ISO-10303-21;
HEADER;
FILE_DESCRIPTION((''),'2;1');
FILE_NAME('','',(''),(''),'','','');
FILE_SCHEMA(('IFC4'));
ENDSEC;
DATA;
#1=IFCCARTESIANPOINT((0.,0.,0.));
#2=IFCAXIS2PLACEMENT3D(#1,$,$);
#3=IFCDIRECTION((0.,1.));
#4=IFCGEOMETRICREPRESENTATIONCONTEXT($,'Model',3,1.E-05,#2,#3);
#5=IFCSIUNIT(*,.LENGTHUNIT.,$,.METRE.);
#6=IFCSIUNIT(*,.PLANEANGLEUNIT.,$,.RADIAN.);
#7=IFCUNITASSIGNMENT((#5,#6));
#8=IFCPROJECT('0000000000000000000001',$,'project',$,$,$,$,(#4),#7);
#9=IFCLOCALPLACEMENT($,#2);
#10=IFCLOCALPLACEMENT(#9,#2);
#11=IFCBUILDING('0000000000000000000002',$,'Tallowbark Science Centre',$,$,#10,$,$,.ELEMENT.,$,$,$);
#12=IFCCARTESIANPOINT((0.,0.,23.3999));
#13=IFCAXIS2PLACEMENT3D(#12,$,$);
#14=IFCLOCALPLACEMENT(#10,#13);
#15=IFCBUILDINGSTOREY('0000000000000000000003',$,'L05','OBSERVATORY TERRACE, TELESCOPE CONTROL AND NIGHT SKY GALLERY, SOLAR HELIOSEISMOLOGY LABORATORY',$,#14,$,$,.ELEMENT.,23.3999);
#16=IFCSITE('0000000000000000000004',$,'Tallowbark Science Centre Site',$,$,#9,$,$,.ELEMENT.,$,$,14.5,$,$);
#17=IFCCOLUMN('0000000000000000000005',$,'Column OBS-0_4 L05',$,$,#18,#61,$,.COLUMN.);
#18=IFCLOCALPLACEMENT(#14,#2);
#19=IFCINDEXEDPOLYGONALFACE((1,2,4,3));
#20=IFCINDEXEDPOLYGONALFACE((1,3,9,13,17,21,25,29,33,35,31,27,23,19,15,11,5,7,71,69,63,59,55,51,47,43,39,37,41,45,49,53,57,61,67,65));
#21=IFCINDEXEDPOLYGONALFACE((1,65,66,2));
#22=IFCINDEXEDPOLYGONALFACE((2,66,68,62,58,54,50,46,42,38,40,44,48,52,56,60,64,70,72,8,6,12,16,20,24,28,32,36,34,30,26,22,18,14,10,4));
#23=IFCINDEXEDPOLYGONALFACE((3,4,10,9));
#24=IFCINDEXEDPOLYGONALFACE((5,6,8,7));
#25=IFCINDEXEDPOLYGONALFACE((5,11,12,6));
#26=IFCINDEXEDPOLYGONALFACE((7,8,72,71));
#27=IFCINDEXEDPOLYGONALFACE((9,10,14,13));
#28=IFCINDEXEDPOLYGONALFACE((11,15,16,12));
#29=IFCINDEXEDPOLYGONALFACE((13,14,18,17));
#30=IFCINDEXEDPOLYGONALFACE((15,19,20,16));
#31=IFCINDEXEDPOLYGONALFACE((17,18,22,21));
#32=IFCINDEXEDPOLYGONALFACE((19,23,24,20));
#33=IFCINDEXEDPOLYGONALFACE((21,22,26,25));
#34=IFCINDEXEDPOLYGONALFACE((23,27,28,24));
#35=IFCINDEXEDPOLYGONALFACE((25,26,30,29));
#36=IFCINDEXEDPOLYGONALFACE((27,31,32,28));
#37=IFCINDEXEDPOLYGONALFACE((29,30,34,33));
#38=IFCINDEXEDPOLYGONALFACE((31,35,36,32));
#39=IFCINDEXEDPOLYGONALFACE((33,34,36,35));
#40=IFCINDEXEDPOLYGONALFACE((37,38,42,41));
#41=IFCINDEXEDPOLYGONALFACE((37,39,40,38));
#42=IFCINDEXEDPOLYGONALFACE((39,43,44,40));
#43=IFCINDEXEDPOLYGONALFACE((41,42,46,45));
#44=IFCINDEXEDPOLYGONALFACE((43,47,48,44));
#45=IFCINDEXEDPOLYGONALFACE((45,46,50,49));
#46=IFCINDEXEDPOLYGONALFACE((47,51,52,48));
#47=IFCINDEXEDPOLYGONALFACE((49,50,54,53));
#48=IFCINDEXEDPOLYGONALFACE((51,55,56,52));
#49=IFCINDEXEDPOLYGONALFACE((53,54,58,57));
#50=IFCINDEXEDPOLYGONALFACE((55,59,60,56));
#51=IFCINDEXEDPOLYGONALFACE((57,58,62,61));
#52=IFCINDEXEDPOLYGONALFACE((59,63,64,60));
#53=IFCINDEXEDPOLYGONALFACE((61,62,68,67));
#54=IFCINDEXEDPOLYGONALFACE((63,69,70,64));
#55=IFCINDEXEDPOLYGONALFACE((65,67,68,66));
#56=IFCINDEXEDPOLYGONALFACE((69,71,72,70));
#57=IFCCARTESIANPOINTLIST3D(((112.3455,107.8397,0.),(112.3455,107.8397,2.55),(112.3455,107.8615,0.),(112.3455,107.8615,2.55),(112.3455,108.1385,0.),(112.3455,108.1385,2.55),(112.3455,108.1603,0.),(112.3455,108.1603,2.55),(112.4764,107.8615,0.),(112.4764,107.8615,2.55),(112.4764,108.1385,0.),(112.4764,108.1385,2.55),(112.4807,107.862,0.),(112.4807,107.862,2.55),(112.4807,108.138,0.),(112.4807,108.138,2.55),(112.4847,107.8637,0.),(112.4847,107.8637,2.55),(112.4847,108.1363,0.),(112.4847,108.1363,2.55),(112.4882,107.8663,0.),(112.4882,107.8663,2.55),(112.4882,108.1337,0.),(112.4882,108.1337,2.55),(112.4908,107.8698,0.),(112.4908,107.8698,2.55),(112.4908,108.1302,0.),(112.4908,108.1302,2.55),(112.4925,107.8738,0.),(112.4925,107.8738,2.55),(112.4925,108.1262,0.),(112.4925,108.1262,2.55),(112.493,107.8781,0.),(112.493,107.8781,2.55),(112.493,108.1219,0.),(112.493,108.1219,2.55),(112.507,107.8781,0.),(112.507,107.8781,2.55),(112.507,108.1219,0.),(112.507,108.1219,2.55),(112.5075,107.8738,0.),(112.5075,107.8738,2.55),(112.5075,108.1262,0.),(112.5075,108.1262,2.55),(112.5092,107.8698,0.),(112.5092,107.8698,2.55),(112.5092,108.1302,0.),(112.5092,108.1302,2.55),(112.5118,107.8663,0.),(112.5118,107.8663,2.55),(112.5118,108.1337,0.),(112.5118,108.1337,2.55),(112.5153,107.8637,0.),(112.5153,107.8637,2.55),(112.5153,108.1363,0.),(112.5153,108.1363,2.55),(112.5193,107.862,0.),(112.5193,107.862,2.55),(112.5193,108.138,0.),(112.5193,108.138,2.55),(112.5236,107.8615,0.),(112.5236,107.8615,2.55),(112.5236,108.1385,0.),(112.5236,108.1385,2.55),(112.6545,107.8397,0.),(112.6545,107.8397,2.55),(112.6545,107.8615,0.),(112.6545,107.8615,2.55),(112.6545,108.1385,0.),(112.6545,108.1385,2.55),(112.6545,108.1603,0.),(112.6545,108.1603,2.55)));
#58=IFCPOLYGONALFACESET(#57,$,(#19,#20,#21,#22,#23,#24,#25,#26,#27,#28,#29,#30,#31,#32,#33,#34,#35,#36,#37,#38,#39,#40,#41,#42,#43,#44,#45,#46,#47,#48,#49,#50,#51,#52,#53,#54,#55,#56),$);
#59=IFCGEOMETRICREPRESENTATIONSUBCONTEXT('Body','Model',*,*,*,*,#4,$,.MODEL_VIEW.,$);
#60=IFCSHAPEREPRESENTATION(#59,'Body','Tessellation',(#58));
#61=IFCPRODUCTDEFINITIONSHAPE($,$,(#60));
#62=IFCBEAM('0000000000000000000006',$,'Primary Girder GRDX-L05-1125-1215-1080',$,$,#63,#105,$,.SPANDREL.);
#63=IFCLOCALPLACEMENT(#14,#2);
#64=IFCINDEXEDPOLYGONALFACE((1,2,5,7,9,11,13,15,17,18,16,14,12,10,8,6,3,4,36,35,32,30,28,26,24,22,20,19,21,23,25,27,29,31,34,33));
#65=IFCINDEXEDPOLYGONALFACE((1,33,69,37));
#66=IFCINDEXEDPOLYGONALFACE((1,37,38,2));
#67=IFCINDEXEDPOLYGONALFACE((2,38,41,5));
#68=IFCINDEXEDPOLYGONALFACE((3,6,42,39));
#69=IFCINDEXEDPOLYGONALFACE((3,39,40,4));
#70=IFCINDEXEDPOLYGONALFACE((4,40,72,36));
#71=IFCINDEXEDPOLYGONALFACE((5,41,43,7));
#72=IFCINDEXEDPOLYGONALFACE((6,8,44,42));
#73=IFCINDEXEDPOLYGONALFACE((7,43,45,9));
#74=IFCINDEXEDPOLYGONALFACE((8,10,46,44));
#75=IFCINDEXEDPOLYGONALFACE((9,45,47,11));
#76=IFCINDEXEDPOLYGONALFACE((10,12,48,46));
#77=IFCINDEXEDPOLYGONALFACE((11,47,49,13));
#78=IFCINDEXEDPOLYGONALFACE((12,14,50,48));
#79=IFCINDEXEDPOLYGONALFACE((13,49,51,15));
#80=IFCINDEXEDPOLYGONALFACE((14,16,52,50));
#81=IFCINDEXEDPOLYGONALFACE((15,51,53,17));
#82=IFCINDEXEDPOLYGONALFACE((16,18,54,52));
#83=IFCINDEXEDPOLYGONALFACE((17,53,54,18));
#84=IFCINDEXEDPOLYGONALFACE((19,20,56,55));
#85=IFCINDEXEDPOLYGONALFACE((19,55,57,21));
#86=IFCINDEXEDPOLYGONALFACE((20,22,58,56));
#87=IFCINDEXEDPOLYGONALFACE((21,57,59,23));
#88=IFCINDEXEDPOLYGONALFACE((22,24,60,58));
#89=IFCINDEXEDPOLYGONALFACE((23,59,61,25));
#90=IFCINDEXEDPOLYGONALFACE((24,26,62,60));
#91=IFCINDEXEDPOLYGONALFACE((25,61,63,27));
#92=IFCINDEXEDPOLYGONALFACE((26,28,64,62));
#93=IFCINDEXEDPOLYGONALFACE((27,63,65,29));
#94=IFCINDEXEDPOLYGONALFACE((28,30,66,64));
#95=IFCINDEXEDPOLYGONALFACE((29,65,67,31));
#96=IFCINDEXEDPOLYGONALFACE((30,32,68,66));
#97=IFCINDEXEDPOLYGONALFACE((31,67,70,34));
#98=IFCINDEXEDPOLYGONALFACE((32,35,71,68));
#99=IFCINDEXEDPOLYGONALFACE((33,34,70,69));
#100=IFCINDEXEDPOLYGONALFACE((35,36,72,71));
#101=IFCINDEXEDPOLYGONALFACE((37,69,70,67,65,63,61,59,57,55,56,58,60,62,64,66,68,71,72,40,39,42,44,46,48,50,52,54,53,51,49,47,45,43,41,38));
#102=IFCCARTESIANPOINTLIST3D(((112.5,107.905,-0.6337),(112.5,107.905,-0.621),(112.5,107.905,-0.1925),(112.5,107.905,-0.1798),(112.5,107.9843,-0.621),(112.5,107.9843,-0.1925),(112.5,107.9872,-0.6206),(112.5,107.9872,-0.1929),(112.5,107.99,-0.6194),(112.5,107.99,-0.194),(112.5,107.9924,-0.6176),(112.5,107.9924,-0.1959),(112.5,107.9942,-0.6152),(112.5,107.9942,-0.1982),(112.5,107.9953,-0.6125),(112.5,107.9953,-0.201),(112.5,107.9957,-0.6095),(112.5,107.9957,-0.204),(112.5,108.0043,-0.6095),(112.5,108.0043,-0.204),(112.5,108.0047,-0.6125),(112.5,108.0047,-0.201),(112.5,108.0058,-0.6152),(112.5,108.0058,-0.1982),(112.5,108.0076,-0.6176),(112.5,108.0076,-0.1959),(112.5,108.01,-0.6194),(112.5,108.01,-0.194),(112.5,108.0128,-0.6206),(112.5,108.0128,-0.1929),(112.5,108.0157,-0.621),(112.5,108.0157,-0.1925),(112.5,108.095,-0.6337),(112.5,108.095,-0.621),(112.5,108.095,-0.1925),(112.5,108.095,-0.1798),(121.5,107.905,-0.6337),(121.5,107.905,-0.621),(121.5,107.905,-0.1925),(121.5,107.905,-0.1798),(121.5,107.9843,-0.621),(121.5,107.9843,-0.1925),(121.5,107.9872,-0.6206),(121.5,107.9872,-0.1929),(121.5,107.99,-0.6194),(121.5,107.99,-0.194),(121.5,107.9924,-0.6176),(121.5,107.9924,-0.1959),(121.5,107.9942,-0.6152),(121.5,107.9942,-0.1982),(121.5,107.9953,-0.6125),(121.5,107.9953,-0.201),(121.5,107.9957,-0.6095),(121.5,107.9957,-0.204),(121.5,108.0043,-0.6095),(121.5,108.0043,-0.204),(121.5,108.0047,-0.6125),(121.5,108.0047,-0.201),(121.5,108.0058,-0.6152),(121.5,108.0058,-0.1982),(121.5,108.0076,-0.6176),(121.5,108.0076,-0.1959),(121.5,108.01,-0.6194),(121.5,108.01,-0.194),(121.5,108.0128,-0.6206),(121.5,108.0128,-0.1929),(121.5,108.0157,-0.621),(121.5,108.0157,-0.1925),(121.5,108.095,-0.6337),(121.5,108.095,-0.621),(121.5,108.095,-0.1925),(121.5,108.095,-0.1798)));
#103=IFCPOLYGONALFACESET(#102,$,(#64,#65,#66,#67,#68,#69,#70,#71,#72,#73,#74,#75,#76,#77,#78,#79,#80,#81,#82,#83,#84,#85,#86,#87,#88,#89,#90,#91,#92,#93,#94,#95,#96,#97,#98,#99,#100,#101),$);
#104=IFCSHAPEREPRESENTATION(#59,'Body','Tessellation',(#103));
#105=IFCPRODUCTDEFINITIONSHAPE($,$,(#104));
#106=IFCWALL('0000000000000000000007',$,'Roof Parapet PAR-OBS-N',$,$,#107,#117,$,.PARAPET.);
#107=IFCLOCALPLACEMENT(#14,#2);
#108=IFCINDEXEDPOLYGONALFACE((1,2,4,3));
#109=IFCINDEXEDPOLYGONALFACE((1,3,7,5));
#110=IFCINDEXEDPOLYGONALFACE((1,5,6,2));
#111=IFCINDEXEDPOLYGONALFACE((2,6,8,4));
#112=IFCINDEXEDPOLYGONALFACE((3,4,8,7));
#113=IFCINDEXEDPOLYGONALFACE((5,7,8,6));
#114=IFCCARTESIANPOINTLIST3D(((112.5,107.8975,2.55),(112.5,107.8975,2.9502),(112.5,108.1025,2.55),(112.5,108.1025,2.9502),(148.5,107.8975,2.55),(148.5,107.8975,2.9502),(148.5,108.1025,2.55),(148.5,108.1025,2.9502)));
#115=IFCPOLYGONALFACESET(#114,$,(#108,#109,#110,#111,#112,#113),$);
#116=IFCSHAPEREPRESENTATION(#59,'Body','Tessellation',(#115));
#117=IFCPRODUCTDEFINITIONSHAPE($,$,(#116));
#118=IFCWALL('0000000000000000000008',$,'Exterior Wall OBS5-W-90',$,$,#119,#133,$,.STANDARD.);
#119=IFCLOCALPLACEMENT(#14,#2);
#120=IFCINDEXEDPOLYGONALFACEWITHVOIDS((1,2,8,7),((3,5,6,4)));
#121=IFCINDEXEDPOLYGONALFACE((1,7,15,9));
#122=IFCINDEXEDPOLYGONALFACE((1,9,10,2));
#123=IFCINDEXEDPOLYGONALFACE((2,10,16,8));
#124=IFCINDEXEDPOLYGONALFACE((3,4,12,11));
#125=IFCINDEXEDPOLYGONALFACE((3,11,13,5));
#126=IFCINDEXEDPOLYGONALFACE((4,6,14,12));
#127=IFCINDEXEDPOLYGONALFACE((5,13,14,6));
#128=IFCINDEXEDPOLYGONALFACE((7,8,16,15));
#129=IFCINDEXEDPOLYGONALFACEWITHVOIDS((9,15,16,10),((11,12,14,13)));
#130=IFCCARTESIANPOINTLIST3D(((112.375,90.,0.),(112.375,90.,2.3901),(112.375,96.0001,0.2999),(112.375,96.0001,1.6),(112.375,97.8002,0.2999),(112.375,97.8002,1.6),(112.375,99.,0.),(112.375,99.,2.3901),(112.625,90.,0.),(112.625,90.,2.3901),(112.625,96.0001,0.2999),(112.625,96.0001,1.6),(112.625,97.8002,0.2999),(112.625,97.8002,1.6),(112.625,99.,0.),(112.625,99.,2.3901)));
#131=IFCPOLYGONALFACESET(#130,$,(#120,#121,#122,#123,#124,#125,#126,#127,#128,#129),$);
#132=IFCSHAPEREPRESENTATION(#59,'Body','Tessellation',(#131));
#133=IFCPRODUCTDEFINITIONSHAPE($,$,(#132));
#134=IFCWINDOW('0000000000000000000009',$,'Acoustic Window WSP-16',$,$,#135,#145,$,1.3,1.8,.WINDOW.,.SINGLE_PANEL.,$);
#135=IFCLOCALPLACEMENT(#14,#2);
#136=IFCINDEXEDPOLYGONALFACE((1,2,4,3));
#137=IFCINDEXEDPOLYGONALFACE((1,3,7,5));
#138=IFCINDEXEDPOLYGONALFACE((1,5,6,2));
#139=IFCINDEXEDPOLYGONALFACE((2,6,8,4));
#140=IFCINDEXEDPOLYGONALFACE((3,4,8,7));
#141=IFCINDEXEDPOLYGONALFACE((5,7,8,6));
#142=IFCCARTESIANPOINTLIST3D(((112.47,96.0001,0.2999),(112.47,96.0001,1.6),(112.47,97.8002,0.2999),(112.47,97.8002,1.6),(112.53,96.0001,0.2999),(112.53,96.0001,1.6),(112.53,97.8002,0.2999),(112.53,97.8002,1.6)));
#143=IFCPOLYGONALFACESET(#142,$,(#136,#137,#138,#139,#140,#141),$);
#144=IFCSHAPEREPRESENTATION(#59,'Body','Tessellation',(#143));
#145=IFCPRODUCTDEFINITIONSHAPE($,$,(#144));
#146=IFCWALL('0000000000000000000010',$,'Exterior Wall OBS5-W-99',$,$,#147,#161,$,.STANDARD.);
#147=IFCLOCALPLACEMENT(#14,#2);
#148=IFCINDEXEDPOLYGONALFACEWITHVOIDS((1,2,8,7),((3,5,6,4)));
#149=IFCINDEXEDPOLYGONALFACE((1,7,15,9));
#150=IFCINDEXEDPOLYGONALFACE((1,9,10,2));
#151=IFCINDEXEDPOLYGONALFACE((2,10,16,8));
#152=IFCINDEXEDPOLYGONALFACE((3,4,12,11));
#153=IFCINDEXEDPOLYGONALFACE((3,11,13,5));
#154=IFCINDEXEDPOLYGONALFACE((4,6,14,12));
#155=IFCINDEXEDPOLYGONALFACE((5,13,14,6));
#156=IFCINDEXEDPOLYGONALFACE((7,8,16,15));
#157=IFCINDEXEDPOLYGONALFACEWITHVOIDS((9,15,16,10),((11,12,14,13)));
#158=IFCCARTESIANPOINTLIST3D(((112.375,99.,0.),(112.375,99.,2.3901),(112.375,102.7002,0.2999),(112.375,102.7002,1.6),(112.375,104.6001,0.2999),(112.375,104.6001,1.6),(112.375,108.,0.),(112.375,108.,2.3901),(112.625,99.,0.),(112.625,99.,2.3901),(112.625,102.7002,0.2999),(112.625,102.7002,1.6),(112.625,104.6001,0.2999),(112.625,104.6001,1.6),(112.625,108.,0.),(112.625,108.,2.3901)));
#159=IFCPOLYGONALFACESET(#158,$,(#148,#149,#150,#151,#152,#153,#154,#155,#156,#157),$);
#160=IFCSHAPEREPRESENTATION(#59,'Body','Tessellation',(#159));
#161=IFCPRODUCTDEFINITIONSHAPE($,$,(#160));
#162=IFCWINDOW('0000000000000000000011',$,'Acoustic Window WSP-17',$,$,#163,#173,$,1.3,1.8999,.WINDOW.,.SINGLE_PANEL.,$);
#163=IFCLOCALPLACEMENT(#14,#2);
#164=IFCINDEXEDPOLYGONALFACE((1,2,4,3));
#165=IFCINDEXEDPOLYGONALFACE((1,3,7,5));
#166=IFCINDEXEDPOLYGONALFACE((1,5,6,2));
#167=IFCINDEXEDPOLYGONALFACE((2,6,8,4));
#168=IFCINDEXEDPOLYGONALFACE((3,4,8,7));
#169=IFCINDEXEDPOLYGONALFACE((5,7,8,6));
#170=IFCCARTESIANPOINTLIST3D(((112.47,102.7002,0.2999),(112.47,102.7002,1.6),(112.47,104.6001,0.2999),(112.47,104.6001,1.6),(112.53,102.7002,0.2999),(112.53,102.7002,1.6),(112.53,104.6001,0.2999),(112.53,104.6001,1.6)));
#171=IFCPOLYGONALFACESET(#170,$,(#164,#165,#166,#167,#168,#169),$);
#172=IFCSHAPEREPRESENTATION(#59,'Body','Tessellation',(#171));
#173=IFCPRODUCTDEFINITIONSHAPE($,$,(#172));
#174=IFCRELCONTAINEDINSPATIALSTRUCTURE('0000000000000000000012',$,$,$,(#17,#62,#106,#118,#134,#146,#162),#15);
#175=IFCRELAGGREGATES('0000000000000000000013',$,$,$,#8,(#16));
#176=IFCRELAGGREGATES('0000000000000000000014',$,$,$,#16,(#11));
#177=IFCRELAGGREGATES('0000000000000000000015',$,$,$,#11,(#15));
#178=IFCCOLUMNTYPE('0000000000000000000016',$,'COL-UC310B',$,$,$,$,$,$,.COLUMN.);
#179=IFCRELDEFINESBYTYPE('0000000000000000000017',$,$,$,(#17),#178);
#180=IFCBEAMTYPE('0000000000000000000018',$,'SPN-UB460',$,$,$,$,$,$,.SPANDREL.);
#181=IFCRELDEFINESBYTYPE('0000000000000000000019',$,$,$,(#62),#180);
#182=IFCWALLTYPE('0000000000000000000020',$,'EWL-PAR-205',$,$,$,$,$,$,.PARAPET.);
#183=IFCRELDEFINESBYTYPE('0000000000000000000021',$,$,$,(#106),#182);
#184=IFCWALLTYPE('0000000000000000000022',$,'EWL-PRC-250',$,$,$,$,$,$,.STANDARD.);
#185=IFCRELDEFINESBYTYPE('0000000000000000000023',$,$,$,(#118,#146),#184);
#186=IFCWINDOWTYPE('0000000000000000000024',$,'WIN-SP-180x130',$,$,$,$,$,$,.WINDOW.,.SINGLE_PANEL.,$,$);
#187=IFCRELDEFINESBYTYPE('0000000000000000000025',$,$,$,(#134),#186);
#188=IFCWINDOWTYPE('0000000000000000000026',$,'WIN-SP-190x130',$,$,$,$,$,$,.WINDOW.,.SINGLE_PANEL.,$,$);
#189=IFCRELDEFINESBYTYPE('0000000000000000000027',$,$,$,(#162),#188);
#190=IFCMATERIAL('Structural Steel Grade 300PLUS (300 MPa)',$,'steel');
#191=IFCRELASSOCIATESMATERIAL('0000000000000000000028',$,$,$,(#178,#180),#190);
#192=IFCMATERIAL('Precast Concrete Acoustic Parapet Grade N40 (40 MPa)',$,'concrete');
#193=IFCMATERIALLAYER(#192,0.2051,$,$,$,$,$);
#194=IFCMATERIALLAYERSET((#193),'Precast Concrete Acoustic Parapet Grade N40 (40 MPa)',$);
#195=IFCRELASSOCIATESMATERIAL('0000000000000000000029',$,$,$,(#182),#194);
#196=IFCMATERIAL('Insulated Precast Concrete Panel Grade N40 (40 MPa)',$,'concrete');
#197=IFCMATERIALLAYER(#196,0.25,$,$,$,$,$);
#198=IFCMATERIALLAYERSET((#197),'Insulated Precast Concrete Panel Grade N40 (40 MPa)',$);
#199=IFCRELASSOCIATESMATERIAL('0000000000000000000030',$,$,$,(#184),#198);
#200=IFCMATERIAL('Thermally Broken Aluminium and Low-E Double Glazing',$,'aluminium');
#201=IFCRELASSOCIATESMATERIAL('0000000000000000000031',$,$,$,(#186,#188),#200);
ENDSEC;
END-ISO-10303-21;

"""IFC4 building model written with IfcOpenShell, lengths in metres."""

from ifc_helpers import new_model, si_unit, direction, frame, frame_2d, origin, origin_2d, place, context, subcontext, project, spatial, rectangle, i_section, extrude, material, layer, layer_set, material_profile, profile_set, type_object, element, fill, save


model = new_model("IFC4")

# Units and contexts
model_context = context("Model", 3, precision=1e-05, world=origin(), true_north=direction((0.0, 1.0)))
body_context = subcontext(model_context, "Body", "Model", "MODEL_VIEW")
ifc_project = project(units=[si_unit("LENGTHUNIT", "METRE"), si_unit("PLANEANGLEUNIT", "RADIAN")], contexts=[model_context])

# Site, building, storey
site_placement = place(None, origin())
site = spatial("IfcSite", under=ifc_project, at=site_placement, Name="Tallowbark Science Centre Site", CompositionType="ELEMENT", RefElevation=14.5)
building_placement = place(site_placement, origin())
building = spatial("IfcBuilding", under=site, at=building_placement, Name="Tallowbark Science Centre", CompositionType="ELEMENT")
storey_placement = place(building_placement, frame((0.0, 0.0, 23.3999)))
storey = spatial("IfcBuildingStorey", under=building, at=storey_placement, Name="L05", Description="OBSERVATORY TERRACE, TELESCOPE CONTROL AND NIGHT SKY GALLERY, SOLAR HELIOSEISMOLOGY LABORATORY", CompositionType="ELEMENT", Elevation=23.3999)

# Column
ifc_material_1 = material(Name="Structural Steel Grade 300PLUS (300 MPa)", Category="steel")
ifc_material_profile_1 = material_profile(ifc_material_1, i_section(OverallWidth=0.3091, OverallDepth=0.3206, WebThickness=0.0139, FlangeThickness=0.0217, FilletRadius=0.0166, at=origin_2d()), Name="310UC137")
ifc_profile_set_1 = profile_set([ifc_material_profile_1], Name="Structural Steel Grade 300PLUS (300 MPa)")
column_type = type_object("IfcColumnType", Name="COL-UC310B", PredefinedType="COLUMN", material=ifc_profile_set_1)
column_placement = place(storey_placement, frame((112.5, 108.0, 0.0), z_axis=(0.0, 0.0, 1.0), x_axis=(1.0, 0.0, 0.0)))
element("IfcColumn", 1, at=column_placement, inside=storey, type_object=column_type, Name="Column OBS-0_4 L05", PredefinedType="COLUMN", context=body_context, shape_type="SweptSolid", body=[
    extrude(i_section(OverallWidth=0.3091, OverallDepth=0.3206, WebThickness=0.0139, FlangeThickness=0.0217, FilletRadius=0.0166, at=origin_2d()), origin(), (0.0, 0.0, 1.0), 2.55),
])

# Beam
ifc_material_profile_2 = material_profile(ifc_material_1, i_section(OverallWidth=0.1899, OverallDepth=0.4539, WebThickness=0.0085, FlangeThickness=0.0127, FilletRadius=0.0115, at=origin_2d()), Name="460UB67.1")
ifc_profile_set_2 = profile_set([ifc_material_profile_2], Name="Structural Steel Grade 300PLUS (300 MPa)")
beam_type = type_object("IfcBeamType", Name="SPN-UB460", PredefinedType="SPANDREL", material=ifc_profile_set_2)
beam_placement = place(storey_placement, frame((112.5, 108.0, -0.4067), z_axis=(1.0, 0.0, 0.0), x_axis=(0.0, 1.0, 0.0)))
element("IfcBeam", 2, at=beam_placement, inside=storey, type_object=beam_type, Name="Primary Girder GRDX-L05-1125-1215-1080", PredefinedType="SPANDREL", context=body_context, shape_type="SweptSolid", body=[
    extrude(i_section(OverallWidth=0.1899, OverallDepth=0.4539, WebThickness=0.0085, FlangeThickness=0.0127, FilletRadius=0.0115, at=origin_2d()), origin(), (0.0, 0.0, 1.0), 9.0),
])

# Wall
ifc_material_2 = material(Name="Precast Concrete Acoustic Parapet Grade N40 (40 MPa)", Category="concrete")
ifc_layer_1 = layer(ifc_material_2, 0.2051)
ifc_layer_set_1 = layer_set([ifc_layer_1], Name="Precast Concrete Acoustic Parapet Grade N40 (40 MPa)")
wall_type_1 = type_object("IfcWallType", Name="EWL-PAR-205", PredefinedType="PARAPET", material=ifc_layer_set_1)
wall_1_placement = place(storey_placement, frame((112.5, 108.0, 2.55), z_axis=(0.0, 0.0, 1.0), x_axis=(1.0, 0.0, 0.0)))
element("IfcWall", 3, at=wall_1_placement, inside=storey, type_object=wall_type_1, Name="Roof Parapet PAR-OBS-N", PredefinedType="PARAPET", context=body_context, shape_type="SweptSolid", body=[
    extrude(rectangle(XDim=36.0, YDim=0.2051, at=frame_2d((18.0, 0.0))), origin(), (0.0, 0.0, 1.0), 0.4001),
])

# Walls, openings, windows
ifc_material_3 = material(Name="Insulated Precast Concrete Panel Grade N40 (40 MPa)", Category="concrete")
ifc_layer_2 = layer(ifc_material_3, 0.25)
ifc_layer_set_2 = layer_set([ifc_layer_2], Name="Insulated Precast Concrete Panel Grade N40 (40 MPa)")
wall_type_2 = type_object("IfcWallType", Name="EWL-PRC-250", PredefinedType="STANDARD", material=ifc_layer_set_2)
wall_2_placement = place(storey_placement, frame((112.5, 99.0, 0.0), z_axis=(0.0, 0.0, 1.0), x_axis=(0.0, -1.0, 0.0)))
wall_2 = element("IfcWall", 4, at=wall_2_placement, inside=storey, type_object=wall_type_2, Name="Exterior Wall OBS5-W-90", PredefinedType="STANDARD", context=body_context, shape_type="SweptSolid", body=[
    extrude(rectangle(XDim=9.0, YDim=0.25, at=frame_2d((4.5, 0.0))), origin(), (0.0, 0.0, 1.0), 2.3901),
])
opening_1_placement = place(wall_2_placement, frame((1.2, 0.0, 0.3)))
opening_1 = element("IfcOpeningElement", 5, at=opening_1_placement, cuts=wall_2, PredefinedType="OPENING", context=body_context, shape_type="SweptSolid", body=[
    extrude(rectangle(XDim=1.8, YDim=1.3, at=frame_2d((0.8999, 0.6499))), frame((0.0, 0.135, 0.0), z_axis=(0.0, -1.0, 0.0), x_axis=(1.0, 0.0, 0.0)), (0.0, 0.0, 1.0), 0.27),
])
ifc_material_4 = material(Name="Thermally Broken Aluminium and Low-E Double Glazing", Category="aluminium")
window_type_1 = type_object("IfcWindowType", Name="WIN-SP-180x130", PartitioningType="SINGLE_PANEL", PredefinedType="WINDOW", material=ifc_material_4)
window_1_placement = place(opening_1_placement, origin())
window_1 = element("IfcWindow", 6, at=window_1_placement, inside=storey, type_object=window_type_1, Name="Acoustic Window WSP-16", OverallHeight=1.3, OverallWidth=1.8, PartitioningType="SINGLE_PANEL", PredefinedType="WINDOW", context=body_context, shape_type="SweptSolid", body=[
    extrude(rectangle(XDim=1.8, YDim=1.3, at=frame_2d((0.8999, 0.6499))), frame((0.0, 0.03, 0.0), z_axis=(0.0, -1.0, 0.0), x_axis=(1.0, 0.0, 0.0)), (0.0, 0.0, 1.0), 0.0601),
])
fill(opening_1, window_1)
wall_3_placement = place(storey_placement, frame((112.5, 108.0, 0.0), z_axis=(0.0, 0.0, 1.0), x_axis=(0.0, -1.0, 0.0)))
wall_3 = element("IfcWall", 7, at=wall_3_placement, inside=storey, type_object=wall_type_2, Name="Exterior Wall OBS5-W-99", PredefinedType="STANDARD", context=body_context, shape_type="SweptSolid", body=[
    extrude(rectangle(XDim=9.0, YDim=0.25, at=frame_2d((4.5, 0.0))), origin(), (0.0, 0.0, 1.0), 2.3901),
])
opening_2_placement = place(wall_3_placement, frame((3.3999, 0.0, 0.3)))
opening_2 = element("IfcOpeningElement", 8, at=opening_2_placement, cuts=wall_3, PredefinedType="OPENING", context=body_context, shape_type="SweptSolid", body=[
    extrude(rectangle(XDim=1.8999, YDim=1.3, at=frame_2d((0.95, 0.6499))), frame((0.0, 0.135, 0.0), z_axis=(0.0, -1.0, 0.0), x_axis=(1.0, 0.0, 0.0)), (0.0, 0.0, 1.0), 0.27),
])
window_type_2 = type_object("IfcWindowType", Name="WIN-SP-190x130", PartitioningType="SINGLE_PANEL", PredefinedType="WINDOW", material=ifc_material_4)
window_2_placement = place(opening_2_placement, origin())
window_2 = element("IfcWindow", 9, at=window_2_placement, inside=storey, type_object=window_type_2, Name="Acoustic Window WSP-17", OverallHeight=1.3, OverallWidth=1.8999, PartitioningType="SINGLE_PANEL", PredefinedType="WINDOW", context=body_context, shape_type="SweptSolid", body=[
    extrude(rectangle(XDim=1.8999, YDim=1.3, at=frame_2d((0.95, 0.6499))), frame((0.0, 0.03, 0.0), z_axis=(0.0, -1.0, 0.0), x_axis=(1.0, 0.0, 0.0)), (0.0, 0.0, 1.0), 0.0601),
])
fill(opening_2, window_2)

save(model, "model.ifc")
